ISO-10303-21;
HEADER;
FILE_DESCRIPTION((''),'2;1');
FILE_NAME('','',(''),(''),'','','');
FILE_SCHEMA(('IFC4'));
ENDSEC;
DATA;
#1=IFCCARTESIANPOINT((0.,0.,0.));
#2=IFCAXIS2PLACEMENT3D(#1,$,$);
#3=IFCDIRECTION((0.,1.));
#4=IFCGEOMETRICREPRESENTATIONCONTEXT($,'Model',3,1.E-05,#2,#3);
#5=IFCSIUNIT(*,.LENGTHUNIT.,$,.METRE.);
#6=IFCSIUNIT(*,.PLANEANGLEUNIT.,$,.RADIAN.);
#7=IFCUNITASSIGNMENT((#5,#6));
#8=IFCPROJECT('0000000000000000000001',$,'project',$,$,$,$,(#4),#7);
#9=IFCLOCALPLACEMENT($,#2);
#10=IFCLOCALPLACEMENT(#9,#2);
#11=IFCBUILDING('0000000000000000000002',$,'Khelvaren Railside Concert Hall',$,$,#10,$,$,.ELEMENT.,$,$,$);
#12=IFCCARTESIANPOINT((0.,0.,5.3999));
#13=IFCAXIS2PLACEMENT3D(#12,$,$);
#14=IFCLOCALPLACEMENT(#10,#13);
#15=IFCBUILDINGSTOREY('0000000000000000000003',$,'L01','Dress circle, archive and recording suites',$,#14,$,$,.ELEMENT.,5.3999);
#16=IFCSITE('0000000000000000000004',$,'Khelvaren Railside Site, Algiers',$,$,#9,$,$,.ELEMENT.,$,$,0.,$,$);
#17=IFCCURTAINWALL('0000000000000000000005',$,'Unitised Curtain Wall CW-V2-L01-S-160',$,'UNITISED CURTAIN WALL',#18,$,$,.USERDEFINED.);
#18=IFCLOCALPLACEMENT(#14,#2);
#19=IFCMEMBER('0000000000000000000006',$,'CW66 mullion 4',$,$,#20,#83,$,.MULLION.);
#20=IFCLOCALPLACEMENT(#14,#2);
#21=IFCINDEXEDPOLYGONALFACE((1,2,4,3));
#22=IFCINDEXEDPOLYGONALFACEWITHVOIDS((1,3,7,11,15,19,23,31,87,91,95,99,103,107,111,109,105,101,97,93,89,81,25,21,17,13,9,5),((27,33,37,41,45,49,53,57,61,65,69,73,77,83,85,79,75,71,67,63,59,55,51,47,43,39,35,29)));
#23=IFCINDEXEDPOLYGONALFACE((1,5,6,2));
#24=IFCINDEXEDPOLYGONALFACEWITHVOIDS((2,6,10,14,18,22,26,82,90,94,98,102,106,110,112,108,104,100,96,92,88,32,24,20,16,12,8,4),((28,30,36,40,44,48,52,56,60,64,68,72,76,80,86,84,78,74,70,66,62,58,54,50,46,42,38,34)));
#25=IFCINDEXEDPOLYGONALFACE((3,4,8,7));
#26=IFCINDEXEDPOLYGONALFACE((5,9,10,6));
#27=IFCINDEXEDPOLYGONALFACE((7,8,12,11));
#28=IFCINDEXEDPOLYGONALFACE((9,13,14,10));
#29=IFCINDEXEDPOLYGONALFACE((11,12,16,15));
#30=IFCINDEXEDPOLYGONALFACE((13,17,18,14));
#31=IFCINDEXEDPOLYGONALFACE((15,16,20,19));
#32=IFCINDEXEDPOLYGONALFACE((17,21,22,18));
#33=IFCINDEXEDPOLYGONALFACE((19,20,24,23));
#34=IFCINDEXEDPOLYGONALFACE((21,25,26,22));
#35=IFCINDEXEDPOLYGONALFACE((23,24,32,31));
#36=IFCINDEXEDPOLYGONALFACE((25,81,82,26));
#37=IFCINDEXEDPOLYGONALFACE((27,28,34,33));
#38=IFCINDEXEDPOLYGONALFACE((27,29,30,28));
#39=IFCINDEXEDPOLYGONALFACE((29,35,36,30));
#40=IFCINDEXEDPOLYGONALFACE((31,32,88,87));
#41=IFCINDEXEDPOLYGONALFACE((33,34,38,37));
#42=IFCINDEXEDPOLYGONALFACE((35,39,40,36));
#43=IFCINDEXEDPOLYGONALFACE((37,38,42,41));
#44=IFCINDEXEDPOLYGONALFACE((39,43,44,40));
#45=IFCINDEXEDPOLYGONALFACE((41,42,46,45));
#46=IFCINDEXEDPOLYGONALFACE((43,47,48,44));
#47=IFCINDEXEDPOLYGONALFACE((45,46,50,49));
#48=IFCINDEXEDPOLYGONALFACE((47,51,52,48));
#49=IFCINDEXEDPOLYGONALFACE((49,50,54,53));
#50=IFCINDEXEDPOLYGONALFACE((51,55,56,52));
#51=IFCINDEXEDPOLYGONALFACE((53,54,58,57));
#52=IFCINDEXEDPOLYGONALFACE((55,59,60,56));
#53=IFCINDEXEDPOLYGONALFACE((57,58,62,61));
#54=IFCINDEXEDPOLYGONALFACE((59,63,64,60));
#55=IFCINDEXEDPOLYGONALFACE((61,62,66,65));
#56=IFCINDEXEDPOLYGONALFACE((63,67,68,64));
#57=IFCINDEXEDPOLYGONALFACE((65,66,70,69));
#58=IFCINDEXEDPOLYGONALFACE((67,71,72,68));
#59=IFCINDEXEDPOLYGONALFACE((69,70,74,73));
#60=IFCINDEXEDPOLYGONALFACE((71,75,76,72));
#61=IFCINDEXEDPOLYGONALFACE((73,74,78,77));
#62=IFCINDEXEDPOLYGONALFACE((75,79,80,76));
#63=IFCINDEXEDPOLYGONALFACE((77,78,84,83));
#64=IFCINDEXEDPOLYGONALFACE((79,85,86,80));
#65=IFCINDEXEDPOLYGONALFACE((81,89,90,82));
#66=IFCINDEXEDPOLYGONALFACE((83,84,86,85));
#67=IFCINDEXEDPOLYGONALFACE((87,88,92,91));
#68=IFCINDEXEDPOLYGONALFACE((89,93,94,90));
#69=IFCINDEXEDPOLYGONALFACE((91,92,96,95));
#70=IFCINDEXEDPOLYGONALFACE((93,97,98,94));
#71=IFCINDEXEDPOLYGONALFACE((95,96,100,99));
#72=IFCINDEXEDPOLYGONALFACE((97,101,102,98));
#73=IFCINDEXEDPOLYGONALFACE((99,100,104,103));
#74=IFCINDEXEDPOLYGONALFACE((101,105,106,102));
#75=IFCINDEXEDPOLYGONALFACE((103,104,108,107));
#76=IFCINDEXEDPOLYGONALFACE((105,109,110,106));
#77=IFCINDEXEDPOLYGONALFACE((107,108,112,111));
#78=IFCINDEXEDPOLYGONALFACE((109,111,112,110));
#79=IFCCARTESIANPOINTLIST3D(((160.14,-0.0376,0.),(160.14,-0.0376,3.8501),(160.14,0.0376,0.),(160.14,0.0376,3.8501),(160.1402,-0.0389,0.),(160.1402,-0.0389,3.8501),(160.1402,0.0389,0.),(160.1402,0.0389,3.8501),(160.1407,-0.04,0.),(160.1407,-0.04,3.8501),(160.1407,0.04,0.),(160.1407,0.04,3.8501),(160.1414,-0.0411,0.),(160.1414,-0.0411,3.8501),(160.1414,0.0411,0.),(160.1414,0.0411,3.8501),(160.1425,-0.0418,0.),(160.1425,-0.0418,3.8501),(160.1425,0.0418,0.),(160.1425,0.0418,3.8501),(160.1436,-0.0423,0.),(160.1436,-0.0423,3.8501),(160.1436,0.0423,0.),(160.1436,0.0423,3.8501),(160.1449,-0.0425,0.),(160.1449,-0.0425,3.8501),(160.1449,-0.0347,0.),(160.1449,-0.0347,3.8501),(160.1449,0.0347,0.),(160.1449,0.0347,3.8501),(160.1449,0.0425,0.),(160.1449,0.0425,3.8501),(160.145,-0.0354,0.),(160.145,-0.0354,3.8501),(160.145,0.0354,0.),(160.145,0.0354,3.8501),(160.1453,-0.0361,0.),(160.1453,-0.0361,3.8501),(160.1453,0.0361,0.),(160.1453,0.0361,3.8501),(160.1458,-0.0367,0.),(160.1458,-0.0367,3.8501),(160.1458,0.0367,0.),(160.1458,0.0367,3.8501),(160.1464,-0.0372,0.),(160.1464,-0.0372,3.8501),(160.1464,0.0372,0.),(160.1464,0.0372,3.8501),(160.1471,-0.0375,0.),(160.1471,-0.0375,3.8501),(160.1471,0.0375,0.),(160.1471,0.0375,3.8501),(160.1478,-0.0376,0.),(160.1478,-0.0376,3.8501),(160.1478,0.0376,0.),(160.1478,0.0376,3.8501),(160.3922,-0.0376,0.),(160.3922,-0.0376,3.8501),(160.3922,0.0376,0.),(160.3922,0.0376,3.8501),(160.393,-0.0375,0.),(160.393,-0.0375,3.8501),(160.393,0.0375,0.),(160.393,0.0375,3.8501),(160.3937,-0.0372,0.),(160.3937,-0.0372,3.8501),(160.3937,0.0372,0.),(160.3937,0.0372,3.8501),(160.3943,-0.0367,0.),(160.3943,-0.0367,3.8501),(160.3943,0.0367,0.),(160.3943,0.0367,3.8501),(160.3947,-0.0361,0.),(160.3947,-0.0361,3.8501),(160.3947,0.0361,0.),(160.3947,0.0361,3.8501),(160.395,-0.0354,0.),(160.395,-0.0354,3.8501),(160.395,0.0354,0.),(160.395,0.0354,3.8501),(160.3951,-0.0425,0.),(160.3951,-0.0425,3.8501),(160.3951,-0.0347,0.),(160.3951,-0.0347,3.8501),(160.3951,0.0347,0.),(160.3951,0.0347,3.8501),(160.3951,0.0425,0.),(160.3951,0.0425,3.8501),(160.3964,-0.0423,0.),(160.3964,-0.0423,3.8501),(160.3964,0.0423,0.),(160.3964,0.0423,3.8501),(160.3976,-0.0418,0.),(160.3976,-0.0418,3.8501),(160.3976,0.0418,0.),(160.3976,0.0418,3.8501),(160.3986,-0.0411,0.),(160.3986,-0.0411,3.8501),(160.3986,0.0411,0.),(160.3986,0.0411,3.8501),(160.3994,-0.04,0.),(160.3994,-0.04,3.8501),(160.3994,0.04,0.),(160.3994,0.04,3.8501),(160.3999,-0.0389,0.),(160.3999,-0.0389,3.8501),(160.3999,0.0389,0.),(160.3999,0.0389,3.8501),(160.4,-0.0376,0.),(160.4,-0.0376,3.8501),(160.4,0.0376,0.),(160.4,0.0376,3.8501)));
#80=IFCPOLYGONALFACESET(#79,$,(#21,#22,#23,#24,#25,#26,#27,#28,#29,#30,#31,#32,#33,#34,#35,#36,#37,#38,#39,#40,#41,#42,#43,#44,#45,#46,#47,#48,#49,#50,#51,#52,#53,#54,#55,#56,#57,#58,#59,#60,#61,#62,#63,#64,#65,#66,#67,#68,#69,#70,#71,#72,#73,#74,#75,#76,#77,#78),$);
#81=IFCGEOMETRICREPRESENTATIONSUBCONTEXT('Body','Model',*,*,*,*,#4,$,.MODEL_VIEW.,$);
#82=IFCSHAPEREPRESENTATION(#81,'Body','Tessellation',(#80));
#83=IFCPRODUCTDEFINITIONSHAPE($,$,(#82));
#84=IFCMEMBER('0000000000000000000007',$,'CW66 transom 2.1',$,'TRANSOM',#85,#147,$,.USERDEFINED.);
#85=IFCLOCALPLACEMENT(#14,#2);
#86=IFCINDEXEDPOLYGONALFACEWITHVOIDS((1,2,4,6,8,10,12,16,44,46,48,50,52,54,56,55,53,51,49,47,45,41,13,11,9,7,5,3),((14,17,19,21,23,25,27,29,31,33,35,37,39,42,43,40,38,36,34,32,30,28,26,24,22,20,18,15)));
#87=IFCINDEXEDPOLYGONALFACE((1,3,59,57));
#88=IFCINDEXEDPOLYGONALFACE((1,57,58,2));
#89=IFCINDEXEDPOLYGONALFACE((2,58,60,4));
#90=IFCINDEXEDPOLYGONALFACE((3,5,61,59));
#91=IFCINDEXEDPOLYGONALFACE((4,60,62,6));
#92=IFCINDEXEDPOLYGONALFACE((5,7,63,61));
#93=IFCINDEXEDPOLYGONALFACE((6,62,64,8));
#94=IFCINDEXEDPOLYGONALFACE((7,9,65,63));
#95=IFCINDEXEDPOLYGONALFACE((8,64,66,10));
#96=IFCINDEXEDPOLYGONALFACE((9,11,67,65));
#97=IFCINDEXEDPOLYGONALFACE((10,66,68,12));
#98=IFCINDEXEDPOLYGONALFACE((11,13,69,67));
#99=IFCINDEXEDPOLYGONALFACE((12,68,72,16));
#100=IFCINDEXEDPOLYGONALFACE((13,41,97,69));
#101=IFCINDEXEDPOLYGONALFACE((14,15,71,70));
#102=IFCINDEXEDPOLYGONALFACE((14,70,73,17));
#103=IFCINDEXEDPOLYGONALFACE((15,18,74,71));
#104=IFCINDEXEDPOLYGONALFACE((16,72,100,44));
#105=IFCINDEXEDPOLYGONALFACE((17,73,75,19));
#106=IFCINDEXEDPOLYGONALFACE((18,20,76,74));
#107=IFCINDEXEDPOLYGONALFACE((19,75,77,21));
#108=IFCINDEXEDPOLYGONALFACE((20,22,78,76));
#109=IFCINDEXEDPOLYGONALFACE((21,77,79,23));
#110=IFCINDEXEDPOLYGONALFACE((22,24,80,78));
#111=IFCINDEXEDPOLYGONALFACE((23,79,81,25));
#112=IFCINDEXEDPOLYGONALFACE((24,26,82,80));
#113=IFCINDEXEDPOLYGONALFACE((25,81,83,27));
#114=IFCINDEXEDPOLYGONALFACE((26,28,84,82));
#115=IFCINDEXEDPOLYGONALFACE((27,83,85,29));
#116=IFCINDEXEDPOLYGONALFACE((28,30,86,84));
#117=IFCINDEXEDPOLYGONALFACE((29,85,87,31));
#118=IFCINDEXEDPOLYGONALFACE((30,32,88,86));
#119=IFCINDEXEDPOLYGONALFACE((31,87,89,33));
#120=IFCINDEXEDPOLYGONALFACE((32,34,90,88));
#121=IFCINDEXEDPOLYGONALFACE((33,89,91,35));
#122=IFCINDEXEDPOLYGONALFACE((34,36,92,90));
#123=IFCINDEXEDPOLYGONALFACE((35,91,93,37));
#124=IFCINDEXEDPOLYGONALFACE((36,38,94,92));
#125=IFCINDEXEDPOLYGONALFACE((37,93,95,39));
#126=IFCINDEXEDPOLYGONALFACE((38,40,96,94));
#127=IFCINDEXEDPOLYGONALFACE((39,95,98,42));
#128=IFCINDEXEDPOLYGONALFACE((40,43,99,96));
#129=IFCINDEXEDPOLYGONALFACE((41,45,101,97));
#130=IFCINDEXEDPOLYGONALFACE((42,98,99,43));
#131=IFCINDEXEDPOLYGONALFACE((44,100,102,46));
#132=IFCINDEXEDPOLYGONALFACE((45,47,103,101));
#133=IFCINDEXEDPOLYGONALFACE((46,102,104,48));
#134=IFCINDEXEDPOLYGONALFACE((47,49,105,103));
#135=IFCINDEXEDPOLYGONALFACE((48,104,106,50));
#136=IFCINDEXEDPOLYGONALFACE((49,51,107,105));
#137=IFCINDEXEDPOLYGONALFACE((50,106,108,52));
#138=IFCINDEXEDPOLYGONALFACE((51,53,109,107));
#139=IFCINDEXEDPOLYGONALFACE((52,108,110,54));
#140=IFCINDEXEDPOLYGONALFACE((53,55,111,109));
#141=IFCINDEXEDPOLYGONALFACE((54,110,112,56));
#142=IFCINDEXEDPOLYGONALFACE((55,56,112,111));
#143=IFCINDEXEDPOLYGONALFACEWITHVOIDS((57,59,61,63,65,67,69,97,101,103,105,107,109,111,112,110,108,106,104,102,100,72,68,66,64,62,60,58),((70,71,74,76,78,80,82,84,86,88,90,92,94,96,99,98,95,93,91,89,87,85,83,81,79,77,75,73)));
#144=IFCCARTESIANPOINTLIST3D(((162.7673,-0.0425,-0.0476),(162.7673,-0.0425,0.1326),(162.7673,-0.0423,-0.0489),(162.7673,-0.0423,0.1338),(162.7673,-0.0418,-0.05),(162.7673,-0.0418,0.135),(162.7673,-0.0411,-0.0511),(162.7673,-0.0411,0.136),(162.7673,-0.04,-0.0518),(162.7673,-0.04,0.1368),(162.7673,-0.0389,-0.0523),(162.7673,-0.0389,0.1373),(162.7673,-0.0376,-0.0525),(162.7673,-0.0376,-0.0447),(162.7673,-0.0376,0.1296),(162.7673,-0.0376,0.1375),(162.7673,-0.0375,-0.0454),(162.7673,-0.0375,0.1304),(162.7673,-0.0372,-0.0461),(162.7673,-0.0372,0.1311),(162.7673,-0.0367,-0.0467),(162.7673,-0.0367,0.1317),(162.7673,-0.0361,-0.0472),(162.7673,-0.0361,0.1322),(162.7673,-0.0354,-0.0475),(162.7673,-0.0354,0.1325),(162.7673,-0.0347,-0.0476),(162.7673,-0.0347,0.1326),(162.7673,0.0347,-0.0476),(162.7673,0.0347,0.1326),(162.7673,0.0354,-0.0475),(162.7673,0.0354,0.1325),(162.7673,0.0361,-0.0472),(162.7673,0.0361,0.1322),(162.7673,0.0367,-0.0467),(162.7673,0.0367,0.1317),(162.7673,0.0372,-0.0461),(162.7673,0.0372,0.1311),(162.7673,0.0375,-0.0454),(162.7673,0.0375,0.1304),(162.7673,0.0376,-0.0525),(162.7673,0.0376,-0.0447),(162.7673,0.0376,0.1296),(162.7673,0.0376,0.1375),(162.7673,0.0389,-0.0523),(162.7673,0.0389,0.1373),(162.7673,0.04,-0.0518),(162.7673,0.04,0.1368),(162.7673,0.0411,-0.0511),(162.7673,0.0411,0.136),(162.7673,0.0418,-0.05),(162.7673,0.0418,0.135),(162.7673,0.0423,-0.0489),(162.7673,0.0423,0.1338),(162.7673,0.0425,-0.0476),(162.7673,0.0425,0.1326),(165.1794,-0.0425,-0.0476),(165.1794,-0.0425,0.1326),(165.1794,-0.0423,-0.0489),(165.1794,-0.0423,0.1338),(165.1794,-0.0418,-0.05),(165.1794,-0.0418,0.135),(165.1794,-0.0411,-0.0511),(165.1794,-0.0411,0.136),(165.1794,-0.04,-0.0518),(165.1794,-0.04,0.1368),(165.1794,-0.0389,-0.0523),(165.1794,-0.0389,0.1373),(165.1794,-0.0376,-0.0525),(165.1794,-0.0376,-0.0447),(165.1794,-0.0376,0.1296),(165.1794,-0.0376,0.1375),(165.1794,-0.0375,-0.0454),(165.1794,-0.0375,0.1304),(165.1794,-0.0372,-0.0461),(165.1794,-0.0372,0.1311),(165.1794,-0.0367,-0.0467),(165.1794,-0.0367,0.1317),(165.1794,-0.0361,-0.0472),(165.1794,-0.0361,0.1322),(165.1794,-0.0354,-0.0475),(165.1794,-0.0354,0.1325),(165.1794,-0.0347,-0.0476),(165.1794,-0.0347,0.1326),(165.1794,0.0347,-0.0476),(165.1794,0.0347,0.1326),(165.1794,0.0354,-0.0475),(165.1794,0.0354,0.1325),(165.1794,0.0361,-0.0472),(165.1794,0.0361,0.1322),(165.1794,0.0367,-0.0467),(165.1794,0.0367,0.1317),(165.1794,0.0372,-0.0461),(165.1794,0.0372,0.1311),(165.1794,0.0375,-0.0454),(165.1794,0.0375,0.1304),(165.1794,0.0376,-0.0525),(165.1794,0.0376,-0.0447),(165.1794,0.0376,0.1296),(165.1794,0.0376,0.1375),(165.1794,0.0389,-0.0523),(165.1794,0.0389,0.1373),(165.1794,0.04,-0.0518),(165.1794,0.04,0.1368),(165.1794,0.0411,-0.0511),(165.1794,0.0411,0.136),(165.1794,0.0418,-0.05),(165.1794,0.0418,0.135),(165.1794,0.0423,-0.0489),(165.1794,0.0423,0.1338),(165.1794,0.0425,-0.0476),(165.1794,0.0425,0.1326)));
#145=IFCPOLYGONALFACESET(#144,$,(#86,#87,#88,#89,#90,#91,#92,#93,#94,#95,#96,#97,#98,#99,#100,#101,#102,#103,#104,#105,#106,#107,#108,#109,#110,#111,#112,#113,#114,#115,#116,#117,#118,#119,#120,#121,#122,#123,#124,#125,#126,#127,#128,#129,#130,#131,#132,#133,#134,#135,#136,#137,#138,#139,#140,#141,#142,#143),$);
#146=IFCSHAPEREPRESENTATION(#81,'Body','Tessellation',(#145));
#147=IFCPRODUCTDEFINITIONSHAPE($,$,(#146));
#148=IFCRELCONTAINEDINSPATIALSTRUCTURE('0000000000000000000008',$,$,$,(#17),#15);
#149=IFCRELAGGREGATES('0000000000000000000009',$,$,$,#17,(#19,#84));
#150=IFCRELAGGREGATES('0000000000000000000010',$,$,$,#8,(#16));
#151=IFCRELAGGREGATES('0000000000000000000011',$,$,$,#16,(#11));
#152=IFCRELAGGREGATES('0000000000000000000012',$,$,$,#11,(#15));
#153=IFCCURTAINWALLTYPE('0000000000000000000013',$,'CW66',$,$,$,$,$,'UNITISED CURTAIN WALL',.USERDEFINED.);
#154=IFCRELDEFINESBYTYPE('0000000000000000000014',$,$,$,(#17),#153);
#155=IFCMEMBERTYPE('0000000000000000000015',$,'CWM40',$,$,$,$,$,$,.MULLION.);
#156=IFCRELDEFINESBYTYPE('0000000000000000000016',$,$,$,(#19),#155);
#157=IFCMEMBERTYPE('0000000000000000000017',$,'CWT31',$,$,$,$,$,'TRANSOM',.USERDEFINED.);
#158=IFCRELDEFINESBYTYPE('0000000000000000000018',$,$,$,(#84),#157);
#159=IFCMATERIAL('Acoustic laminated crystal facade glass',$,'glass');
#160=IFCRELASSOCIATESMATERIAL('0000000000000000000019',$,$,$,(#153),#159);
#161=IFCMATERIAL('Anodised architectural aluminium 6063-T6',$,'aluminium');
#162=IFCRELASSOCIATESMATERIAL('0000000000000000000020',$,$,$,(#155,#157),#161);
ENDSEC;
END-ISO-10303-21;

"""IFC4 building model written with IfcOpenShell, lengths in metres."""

from ifc_helpers import new_model, si_unit, direction, frame, origin, origin_2d, place, context, subcontext, project, spatial, hollow_rectangle, extrude, material, material_profile, profile_set, type_object, element, aggregate, save


model = new_model("IFC4")

# Units and contexts
model_context = context("Model", 3, precision=1e-05, world=origin(), true_north=direction((0.0, 1.0)))
body_context = subcontext(model_context, "Body", "Model", "MODEL_VIEW")
ifc_project = project(units=[si_unit("LENGTHUNIT", "METRE"), si_unit("PLANEANGLEUNIT", "RADIAN")], contexts=[model_context])

# Site, building, storey
site_placement = place(None, origin())
site = spatial("IfcSite", under=ifc_project, at=site_placement, Name="Khelvaren Railside Site, Algiers", CompositionType="ELEMENT", RefElevation=0.0)
building_placement = place(site_placement, origin())
building = spatial("IfcBuilding", under=site, at=building_placement, Name="Khelvaren Railside Concert Hall", CompositionType="ELEMENT")
storey_placement = place(building_placement, frame((0.0, 0.0, 5.3999)))
storey = spatial("IfcBuildingStorey", under=building, at=storey_placement, Name="L01", Description="Dress circle, archive and recording suites", CompositionType="ELEMENT", Elevation=5.3999)

# Curtain wall, members
ifc_material_1 = material(Name="Acoustic laminated crystal facade glass", Category="glass")
curtain_wall_type = type_object("IfcCurtainWallType", Name="CW66", ElementType="UNITISED CURTAIN WALL", PredefinedType="USERDEFINED", material=ifc_material_1)
curtain_wall_placement = place(storey_placement, origin())
curtain_wall = element("IfcCurtainWall", 1, at=curtain_wall_placement, inside=storey, type_object=curtain_wall_type, Name="Unitised Curtain Wall CW-V2-L01-S-160", ObjectType="UNITISED CURTAIN WALL", PredefinedType="USERDEFINED")
ifc_material_2 = material(Name="Anodised architectural aluminium 6063-T6", Category="aluminium")
ifc_material_profile_1 = material_profile(ifc_material_2, hollow_rectangle(XDim=0.085, YDim=0.26, WallThickness=0.0049, InnerFilletRadius=0.0029, OuterFilletRadius=0.0049, at=origin_2d()), Name="CWM 85x260x5")
ifc_profile_set_1 = profile_set([ifc_material_profile_1], Name="Anodised architectural aluminium 6063-T6")
member_type_1 = type_object("IfcMemberType", Name="CWM40", PredefinedType="MULLION", material=ifc_profile_set_1)
member_1_placement = place(storey_placement, frame((160.27, 0.0, 0.0), z_axis=(0.0, 0.0, 1.0), x_axis=(0.0, -1.0, 0.0)))
member_1 = element("IfcMember", 2, at=member_1_placement, type_object=member_type_1, Name="CW66 mullion 4", PredefinedType="MULLION", context=body_context, shape_type="SweptSolid", body=[
    extrude(hollow_rectangle(XDim=0.085, YDim=0.26, WallThickness=0.0049, InnerFilletRadius=0.0029, OuterFilletRadius=0.0049, at=origin_2d()), origin(), (0.0, 0.0, 1.0), 3.8501),
])
ifc_material_profile_2 = material_profile(ifc_material_2, hollow_rectangle(XDim=0.085, YDim=0.1899, WallThickness=0.0049, InnerFilletRadius=0.0029, OuterFilletRadius=0.0049, at=origin_2d()), Name="CWT 85x190x5")
ifc_profile_set_2 = profile_set([ifc_material_profile_2], Name="Anodised architectural aluminium 6063-T6")
member_type_2 = type_object("IfcMemberType", Name="CWT31", ElementType="TRANSOM", PredefinedType="USERDEFINED", material=ifc_profile_set_2)
member_2_placement = place(storey_placement, frame((165.1794, 0.0, 0.0425), z_axis=(-1.0, 0.0, 0.0), x_axis=(0.0, -1.0, 0.0)))
member_2 = element("IfcMember", 3, at=member_2_placement, type_object=member_type_2, Name="CW66 transom 2.1", ObjectType="TRANSOM", PredefinedType="USERDEFINED", context=body_context, shape_type="SweptSolid", body=[
    extrude(hollow_rectangle(XDim=0.085, YDim=0.1899, WallThickness=0.0049, InnerFilletRadius=0.0029, OuterFilletRadius=0.0049, at=origin_2d()), origin(), (0.0, 0.0, 1.0), 2.4121),
])

aggregate(curtain_wall, [member_1, member_2])

save(model, "model.ifc")
